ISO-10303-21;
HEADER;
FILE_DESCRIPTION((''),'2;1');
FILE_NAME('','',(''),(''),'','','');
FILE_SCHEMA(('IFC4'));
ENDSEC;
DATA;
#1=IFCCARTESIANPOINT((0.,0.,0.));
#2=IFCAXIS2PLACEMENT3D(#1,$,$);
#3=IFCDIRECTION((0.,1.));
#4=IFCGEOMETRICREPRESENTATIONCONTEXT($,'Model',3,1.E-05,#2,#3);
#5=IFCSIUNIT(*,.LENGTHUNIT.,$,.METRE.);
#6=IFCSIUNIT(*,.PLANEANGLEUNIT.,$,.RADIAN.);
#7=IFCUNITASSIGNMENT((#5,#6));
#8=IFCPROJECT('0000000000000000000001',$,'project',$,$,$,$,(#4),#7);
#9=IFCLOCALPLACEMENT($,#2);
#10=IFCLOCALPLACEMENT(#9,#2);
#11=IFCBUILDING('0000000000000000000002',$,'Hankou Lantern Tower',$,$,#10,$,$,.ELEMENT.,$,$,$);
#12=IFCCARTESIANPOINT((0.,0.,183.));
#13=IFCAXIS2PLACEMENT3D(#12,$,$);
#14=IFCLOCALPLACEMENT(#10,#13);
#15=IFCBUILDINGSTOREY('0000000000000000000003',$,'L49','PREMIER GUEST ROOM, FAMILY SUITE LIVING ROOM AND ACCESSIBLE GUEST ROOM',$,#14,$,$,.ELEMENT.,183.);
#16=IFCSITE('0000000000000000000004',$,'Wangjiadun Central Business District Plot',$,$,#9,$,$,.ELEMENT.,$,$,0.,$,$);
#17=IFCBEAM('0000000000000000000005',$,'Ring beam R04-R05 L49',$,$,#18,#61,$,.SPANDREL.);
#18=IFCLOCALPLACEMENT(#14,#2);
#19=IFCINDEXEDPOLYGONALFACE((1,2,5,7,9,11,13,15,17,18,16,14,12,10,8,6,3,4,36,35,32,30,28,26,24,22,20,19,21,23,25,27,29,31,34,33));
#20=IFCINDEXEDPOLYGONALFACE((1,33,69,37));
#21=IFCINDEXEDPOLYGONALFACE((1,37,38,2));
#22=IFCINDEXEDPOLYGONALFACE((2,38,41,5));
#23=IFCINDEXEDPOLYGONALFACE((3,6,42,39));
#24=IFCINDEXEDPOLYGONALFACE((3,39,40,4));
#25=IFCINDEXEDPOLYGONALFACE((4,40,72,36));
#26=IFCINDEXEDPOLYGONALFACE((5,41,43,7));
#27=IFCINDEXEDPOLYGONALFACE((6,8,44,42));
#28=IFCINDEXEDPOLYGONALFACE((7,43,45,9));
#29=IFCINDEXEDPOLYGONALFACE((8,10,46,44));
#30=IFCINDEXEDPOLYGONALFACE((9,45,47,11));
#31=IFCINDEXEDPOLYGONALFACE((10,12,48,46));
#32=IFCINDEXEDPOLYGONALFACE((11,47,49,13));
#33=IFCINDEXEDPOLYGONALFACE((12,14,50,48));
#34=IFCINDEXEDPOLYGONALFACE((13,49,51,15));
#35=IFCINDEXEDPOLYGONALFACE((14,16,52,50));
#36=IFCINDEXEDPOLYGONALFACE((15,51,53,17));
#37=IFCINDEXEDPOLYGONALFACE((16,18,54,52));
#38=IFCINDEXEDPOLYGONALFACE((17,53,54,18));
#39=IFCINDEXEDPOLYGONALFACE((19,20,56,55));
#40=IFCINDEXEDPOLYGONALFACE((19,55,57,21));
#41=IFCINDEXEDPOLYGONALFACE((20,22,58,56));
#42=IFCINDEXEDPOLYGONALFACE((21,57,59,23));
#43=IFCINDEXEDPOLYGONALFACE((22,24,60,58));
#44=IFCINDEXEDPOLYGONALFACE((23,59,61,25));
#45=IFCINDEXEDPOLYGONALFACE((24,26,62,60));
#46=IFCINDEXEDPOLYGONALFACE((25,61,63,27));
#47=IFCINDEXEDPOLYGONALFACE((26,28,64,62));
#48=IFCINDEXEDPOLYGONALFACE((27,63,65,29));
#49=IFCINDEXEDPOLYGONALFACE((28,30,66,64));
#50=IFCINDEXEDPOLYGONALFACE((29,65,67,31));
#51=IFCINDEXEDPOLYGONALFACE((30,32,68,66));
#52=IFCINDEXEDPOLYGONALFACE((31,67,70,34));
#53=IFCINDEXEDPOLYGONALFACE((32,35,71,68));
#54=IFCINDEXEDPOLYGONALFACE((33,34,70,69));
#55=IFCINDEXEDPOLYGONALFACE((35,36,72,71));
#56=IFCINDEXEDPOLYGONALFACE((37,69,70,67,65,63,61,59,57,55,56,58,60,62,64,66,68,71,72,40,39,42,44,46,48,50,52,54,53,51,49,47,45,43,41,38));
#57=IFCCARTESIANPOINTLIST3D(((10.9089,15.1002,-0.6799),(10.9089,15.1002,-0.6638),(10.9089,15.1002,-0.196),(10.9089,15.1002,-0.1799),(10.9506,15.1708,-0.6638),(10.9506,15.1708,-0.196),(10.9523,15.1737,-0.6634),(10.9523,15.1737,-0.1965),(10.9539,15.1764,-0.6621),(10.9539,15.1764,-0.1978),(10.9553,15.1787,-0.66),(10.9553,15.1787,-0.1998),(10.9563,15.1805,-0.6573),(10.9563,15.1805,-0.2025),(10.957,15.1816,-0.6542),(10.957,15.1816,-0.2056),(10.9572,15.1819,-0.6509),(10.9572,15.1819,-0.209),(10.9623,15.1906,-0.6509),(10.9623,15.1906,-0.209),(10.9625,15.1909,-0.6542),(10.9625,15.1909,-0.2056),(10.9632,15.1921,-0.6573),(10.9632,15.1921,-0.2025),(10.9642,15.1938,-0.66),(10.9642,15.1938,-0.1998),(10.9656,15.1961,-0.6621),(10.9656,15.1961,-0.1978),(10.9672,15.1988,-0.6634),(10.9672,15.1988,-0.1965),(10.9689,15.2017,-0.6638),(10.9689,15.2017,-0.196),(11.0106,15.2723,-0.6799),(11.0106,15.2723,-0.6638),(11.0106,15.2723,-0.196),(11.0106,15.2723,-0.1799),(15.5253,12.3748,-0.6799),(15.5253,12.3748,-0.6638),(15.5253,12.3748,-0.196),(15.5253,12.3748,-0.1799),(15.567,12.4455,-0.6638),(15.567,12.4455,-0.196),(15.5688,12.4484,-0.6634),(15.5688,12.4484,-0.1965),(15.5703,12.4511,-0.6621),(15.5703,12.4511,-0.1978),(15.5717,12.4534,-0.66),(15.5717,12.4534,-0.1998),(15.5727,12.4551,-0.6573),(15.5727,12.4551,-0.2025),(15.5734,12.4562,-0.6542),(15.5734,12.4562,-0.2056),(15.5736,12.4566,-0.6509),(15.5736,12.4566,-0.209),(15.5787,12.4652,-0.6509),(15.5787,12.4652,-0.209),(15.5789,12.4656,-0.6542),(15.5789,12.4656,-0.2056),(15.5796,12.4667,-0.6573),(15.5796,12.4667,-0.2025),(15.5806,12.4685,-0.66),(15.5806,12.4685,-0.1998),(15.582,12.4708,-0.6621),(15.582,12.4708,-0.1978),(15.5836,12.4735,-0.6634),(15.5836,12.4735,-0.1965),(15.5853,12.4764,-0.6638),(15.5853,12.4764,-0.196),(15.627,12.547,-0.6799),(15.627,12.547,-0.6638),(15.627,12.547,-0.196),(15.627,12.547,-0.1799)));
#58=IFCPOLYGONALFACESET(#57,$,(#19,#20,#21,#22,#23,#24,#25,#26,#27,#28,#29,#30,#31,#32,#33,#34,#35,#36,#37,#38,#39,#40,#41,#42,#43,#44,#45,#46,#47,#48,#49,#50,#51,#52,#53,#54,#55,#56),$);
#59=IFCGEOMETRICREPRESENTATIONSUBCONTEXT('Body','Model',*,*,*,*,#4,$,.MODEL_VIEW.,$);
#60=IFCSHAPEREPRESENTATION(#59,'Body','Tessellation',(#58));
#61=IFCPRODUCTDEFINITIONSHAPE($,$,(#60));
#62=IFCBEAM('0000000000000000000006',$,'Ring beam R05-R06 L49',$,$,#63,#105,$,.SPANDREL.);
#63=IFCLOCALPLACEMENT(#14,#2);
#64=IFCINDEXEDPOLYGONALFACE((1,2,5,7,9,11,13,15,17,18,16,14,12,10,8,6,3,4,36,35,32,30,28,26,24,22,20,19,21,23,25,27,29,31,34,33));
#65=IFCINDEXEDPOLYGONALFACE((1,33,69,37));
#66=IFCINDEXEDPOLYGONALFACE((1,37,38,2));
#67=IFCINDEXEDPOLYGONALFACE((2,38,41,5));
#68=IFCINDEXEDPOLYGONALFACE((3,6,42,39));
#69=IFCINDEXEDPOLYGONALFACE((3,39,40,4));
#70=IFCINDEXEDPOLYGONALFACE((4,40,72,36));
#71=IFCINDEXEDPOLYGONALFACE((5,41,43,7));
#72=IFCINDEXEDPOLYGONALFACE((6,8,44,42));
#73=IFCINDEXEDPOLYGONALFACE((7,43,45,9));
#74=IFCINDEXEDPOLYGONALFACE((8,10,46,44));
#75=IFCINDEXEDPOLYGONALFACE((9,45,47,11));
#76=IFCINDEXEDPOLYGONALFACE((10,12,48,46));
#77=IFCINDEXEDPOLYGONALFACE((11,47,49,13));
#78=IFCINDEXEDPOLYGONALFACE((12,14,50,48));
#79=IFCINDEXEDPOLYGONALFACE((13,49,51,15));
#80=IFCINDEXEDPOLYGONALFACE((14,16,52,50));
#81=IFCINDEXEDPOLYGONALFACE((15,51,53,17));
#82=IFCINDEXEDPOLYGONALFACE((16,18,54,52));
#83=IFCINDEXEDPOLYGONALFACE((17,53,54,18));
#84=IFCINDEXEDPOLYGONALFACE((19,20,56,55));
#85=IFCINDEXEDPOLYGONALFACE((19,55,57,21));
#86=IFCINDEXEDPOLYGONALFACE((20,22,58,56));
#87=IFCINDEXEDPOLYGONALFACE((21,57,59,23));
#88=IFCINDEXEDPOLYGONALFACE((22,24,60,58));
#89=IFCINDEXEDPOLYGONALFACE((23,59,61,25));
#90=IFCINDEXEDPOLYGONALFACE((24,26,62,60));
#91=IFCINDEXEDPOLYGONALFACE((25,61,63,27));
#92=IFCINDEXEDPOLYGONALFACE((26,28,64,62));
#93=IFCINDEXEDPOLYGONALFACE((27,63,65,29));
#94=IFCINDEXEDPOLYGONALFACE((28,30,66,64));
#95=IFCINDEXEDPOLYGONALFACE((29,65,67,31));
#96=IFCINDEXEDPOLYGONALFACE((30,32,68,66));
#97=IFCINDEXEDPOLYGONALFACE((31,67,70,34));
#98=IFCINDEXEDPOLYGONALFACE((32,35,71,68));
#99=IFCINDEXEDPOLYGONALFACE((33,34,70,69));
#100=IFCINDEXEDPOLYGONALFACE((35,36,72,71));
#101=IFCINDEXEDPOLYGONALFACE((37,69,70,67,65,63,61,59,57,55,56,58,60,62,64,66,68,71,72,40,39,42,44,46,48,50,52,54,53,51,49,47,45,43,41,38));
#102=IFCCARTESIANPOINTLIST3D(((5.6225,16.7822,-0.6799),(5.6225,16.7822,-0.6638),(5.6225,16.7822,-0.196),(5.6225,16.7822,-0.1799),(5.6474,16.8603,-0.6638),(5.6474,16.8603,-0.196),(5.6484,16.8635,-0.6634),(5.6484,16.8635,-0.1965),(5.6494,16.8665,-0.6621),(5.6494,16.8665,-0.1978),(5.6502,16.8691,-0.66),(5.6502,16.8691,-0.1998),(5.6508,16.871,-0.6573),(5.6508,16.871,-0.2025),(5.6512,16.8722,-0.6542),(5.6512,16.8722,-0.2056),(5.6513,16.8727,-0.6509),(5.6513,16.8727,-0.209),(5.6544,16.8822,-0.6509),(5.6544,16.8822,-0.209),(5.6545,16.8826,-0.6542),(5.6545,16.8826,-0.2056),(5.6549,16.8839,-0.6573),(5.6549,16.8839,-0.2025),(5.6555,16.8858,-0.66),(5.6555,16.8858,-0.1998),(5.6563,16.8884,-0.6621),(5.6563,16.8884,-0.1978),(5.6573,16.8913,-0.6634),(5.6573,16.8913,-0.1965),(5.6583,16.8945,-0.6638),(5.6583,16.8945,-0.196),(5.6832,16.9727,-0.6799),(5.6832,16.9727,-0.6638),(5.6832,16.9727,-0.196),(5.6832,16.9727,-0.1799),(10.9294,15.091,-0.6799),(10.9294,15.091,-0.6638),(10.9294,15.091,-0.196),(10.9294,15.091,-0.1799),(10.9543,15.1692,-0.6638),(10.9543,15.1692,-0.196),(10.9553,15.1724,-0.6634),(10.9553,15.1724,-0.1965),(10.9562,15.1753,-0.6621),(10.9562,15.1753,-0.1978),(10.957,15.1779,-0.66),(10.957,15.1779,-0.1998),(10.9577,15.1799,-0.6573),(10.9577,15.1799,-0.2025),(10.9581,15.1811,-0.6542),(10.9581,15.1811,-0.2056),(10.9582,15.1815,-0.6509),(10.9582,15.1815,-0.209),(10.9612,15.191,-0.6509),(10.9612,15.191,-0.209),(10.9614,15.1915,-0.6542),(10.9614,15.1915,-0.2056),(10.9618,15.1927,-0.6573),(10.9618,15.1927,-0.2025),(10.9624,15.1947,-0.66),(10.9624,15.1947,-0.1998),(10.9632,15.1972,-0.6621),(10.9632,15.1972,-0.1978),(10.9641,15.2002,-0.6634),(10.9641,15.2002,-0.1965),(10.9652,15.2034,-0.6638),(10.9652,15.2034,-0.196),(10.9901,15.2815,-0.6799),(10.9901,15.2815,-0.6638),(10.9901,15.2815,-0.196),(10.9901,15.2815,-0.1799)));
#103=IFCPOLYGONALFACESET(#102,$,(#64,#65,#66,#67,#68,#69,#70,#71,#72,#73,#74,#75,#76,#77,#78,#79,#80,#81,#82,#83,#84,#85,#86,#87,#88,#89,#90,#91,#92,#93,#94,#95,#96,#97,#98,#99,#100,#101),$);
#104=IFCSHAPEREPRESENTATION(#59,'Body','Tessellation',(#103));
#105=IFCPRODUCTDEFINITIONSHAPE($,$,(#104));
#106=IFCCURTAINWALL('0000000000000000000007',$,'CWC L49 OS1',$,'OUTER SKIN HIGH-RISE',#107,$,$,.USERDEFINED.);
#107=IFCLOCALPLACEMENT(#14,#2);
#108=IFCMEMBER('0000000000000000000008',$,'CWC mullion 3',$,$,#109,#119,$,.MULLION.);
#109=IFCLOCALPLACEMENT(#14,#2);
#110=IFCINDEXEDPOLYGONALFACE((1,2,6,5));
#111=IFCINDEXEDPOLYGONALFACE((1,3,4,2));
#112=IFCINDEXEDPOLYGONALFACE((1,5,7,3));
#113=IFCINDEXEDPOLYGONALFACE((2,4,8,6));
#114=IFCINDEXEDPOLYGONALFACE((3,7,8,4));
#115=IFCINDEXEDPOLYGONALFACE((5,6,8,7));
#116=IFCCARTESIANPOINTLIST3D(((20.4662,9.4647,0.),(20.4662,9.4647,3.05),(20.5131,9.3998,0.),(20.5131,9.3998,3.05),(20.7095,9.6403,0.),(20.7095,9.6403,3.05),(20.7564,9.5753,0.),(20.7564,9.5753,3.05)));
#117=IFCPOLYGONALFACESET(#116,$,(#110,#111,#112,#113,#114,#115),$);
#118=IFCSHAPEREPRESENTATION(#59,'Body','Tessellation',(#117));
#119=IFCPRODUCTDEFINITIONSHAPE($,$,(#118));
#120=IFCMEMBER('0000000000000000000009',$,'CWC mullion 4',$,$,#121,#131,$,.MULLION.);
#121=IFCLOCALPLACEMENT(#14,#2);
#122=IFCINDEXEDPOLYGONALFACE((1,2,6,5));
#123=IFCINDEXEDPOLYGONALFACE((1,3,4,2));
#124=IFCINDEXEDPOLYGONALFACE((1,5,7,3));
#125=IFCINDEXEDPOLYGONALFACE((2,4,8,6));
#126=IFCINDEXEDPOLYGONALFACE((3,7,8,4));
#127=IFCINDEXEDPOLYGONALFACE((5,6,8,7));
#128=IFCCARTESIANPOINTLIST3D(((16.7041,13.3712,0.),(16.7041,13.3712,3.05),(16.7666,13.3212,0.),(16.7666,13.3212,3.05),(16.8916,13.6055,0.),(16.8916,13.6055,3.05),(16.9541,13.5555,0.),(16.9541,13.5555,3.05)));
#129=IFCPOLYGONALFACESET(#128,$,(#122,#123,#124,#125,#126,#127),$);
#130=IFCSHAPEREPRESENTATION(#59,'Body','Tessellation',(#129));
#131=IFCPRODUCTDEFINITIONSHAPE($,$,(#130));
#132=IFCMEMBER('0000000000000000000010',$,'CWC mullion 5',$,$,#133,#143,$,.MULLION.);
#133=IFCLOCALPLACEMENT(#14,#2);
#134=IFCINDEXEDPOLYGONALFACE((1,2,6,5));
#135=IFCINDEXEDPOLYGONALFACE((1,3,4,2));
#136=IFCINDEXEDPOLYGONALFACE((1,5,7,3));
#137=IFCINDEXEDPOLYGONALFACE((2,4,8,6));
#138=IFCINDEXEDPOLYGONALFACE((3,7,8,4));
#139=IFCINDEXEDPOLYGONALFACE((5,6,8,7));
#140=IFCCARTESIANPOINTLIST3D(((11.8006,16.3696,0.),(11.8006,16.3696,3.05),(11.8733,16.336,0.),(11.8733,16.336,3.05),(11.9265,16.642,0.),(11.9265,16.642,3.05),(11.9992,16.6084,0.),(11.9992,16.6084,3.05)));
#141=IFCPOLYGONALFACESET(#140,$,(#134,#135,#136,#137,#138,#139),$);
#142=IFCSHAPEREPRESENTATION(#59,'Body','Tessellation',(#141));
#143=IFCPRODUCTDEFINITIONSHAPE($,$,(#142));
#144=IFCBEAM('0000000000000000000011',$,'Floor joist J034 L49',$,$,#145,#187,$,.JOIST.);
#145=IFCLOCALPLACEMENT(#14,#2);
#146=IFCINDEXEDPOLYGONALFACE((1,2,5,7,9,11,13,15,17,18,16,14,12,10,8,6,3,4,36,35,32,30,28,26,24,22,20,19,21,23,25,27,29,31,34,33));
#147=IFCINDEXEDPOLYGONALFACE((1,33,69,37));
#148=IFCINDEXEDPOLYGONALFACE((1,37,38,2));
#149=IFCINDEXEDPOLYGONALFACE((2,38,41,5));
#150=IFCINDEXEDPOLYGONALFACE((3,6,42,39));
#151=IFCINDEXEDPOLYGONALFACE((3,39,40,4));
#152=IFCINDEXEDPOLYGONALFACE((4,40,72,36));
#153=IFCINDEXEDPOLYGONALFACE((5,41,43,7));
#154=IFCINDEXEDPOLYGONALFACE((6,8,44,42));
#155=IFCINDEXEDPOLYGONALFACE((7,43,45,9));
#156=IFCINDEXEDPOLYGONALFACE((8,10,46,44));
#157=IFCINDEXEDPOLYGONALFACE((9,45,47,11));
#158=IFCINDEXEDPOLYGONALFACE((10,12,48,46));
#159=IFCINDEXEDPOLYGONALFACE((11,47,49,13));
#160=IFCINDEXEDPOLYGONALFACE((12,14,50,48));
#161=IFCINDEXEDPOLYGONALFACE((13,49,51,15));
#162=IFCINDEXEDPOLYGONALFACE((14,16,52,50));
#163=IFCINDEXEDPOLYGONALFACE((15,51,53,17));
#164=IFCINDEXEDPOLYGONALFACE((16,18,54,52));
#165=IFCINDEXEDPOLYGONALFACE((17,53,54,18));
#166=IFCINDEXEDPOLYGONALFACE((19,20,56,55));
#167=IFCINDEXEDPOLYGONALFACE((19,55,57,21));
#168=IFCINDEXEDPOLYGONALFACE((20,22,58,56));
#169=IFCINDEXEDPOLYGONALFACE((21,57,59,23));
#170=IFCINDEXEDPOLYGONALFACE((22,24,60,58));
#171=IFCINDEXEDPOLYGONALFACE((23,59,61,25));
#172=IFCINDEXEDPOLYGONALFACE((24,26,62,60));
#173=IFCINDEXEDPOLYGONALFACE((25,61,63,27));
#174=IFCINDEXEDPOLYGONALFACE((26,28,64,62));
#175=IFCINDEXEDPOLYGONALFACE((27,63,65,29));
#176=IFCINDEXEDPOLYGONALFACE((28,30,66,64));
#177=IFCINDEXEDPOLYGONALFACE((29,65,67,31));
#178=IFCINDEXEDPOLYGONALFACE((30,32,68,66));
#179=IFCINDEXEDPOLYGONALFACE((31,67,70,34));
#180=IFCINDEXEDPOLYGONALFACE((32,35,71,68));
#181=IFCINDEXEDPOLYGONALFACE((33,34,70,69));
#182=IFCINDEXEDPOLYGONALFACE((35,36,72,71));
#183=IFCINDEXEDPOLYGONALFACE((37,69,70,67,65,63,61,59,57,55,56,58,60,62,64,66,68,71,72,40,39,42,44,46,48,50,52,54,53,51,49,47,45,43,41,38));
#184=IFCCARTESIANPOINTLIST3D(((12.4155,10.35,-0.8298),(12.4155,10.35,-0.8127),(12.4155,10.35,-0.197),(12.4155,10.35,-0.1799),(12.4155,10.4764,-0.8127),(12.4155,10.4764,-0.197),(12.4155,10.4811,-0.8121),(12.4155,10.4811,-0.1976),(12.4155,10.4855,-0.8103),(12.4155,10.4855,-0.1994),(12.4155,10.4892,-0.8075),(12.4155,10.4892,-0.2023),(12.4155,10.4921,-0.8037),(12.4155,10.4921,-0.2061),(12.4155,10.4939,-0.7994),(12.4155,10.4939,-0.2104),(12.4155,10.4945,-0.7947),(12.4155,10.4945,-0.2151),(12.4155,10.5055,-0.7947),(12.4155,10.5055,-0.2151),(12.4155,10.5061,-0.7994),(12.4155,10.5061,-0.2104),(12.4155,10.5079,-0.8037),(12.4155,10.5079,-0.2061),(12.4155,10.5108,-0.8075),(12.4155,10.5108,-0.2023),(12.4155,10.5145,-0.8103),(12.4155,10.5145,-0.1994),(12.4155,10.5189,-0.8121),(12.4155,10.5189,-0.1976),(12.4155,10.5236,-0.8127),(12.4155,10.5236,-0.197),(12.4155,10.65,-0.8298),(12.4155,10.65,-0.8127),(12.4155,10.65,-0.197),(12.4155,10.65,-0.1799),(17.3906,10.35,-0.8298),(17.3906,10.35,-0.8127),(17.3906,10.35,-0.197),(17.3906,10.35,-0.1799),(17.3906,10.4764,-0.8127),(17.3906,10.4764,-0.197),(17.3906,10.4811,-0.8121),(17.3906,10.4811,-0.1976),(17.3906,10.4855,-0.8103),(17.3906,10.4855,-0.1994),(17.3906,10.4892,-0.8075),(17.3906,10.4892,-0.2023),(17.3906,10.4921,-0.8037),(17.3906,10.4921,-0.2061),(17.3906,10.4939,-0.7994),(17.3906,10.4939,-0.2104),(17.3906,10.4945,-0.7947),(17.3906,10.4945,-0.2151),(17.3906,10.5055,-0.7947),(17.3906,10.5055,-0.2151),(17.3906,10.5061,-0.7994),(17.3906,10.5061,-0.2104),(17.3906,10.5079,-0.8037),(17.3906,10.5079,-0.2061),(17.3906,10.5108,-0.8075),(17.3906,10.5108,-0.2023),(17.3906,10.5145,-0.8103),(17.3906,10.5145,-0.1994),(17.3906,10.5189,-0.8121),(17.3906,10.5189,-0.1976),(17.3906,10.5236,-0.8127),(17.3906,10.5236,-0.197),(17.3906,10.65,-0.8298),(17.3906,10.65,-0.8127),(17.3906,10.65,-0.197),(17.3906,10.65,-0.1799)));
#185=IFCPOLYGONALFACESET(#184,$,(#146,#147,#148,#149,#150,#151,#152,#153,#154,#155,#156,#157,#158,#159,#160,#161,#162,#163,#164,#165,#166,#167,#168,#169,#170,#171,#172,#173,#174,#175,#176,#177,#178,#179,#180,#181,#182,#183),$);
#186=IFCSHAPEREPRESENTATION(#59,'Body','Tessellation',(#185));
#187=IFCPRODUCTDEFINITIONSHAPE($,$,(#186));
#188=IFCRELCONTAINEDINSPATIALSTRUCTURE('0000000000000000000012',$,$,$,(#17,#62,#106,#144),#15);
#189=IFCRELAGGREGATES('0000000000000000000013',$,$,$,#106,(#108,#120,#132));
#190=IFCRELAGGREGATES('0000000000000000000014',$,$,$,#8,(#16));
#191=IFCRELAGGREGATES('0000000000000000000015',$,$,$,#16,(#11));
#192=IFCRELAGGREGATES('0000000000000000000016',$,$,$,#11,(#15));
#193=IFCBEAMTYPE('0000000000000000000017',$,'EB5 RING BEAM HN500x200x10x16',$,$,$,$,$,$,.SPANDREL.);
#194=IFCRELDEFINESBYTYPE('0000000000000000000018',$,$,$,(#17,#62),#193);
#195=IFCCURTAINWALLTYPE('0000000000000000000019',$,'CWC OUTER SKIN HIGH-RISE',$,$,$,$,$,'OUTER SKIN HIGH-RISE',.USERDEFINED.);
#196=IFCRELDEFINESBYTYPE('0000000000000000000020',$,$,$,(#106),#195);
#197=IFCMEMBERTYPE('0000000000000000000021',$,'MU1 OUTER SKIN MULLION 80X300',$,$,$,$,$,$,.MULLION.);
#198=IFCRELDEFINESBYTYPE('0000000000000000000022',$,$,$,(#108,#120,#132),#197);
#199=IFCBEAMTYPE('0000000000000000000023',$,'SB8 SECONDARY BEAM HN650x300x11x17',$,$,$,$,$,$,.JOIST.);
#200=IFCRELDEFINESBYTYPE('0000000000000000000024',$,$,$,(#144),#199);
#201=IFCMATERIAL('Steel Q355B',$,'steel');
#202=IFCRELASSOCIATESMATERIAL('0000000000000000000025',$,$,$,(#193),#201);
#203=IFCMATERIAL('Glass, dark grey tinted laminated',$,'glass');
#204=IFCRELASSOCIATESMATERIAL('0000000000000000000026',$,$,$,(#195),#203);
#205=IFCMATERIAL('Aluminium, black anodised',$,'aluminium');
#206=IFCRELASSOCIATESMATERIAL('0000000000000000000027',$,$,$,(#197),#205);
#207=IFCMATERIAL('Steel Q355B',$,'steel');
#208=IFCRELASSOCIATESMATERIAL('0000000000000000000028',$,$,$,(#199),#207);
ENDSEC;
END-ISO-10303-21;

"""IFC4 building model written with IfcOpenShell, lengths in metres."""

from ifc_helpers import new_model, si_unit, direction, frame, origin, origin_2d, place, context, subcontext, project, spatial, rectangle, i_section, extrude, material, material_profile, profile_set, type_object, element, aggregate, save


model = new_model("IFC4")

# Units and contexts
model_context = context("Model", 3, precision=1e-05, world=origin(), true_north=direction((0.0, 1.0)))
body_context = subcontext(model_context, "Body", "Model", "MODEL_VIEW")
ifc_project = project(units=[si_unit("LENGTHUNIT", "METRE"), si_unit("PLANEANGLEUNIT", "RADIAN")], contexts=[model_context])

# Site, building, storey
site_placement = place(None, origin())
site = spatial("IfcSite", under=ifc_project, at=site_placement, Name="Wangjiadun Central Business District Plot", CompositionType="ELEMENT", RefElevation=0.0)
building_placement = place(site_placement, origin())
building = spatial("IfcBuilding", under=site, at=building_placement, Name="Hankou Lantern Tower", CompositionType="ELEMENT")
storey_placement = place(building_placement, frame((0.0, 0.0, 183.0)))
storey = spatial("IfcBuildingStorey", under=building, at=storey_placement, Name="L49", Description="PREMIER GUEST ROOM, FAMILY SUITE LIVING ROOM AND ACCESSIBLE GUEST ROOM", CompositionType="ELEMENT", Elevation=183.0)

# Beams
ifc_material_1 = material(Name="Steel Q355B", Category="steel")
ifc_material_profile_1 = material_profile(ifc_material_1, i_section(OverallWidth=0.2, OverallDepth=0.5, WebThickness=0.01, FlangeThickness=0.0161, FilletRadius=0.0129, at=origin_2d()), Name="HN500x200x10x16")
ifc_profile_set_1 = profile_set([ifc_material_profile_1], Name="Steel Q355B")
beam_type_1 = type_object("IfcBeamType", Name="EB5 RING BEAM HN500x200x10x16", PredefinedType="SPANDREL", material=ifc_profile_set_1)
beam_1_placement = place(storey_placement, frame((15.5762, 12.4609, -0.4299), z_axis=(-0.861136, 0.508375, 0.0), x_axis=(-0.508375, -0.861136, 0.0)))
element("IfcBeam", 1, at=beam_1_placement, inside=storey, type_object=beam_type_1, Name="Ring beam R04-R05 L49", PredefinedType="SPANDREL", context=body_context, shape_type="SweptSolid", body=[
    extrude(i_section(OverallWidth=0.2, OverallDepth=0.5, WebThickness=0.01, FlangeThickness=0.0161, FilletRadius=0.0129, at=origin_2d()), origin(), (0.0, 0.0, 1.0), 5.3608),
])
beam_2_placement = place(storey_placement, frame((10.9597, 15.1863, -0.4299), z_axis=(-0.95279, 0.303629, 0.0), x_axis=(-0.303629, -0.95279, 0.0)))
element("IfcBeam", 2, at=beam_2_placement, inside=storey, type_object=beam_type_1, Name="Ring beam R05-R06 L49", PredefinedType="SPANDREL", context=body_context, shape_type="SweptSolid", body=[
    extrude(i_section(OverallWidth=0.2, OverallDepth=0.5, WebThickness=0.01, FlangeThickness=0.0161, FilletRadius=0.0129, at=origin_2d()), origin(), (0.0, 0.0, 1.0), 5.5698),
])

# Curtain wall, members
ifc_material_2 = material(Name="Glass, dark grey tinted laminated", Category="glass")
curtain_wall_type = type_object("IfcCurtainWallType", Name="CWC OUTER SKIN HIGH-RISE", ElementType="OUTER SKIN HIGH-RISE", PredefinedType="USERDEFINED", material=ifc_material_2)
curtain_wall_placement = place(storey_placement, origin())
curtain_wall = element("IfcCurtainWall", 3, at=curtain_wall_placement, inside=storey, type_object=curtain_wall_type, Name="CWC L49 OS1", ObjectType="OUTER SKIN HIGH-RISE", PredefinedType="USERDEFINED")
ifc_material_3 = material(Name="Aluminium, black anodised", Category="aluminium")
ifc_material_profile_2 = material_profile(ifc_material_3, rectangle(XDim=0.0801, YDim=0.3, at=origin_2d()), Name="MU1 80X300")
ifc_profile_set_2 = profile_set([ifc_material_profile_2], Name="Aluminium, black anodised")
member_type_1 = type_object("IfcMemberType", Name="MU1 OUTER SKIN MULLION 80X300", PredefinedType="MULLION", material=ifc_profile_set_2)
member_1_placement = place(storey_placement, frame((20.6113, 9.52, 0.0), z_axis=(0.0, 0.0, 1.0), x_axis=(-0.585206, 0.810885, 0.0)))
member_1 = element("IfcMember", 4, at=member_1_placement, type_object=member_type_1, Name="CWC mullion 3", PredefinedType="MULLION", context=body_context, shape_type="SweptSolid", body=[
    extrude(rectangle(XDim=0.0801, YDim=0.3, at=origin_2d()), origin(), (0.0, 0.0, 1.0), 3.05),
])
member_2_placement = place(storey_placement, frame((16.8291, 13.4634, 0.0), z_axis=(0.0, 0.0, 1.0), x_axis=(-0.780869, 0.624695, 0.0)))
member_2 = element("IfcMember", 5, at=member_2_placement, type_object=member_type_1, Name="CWC mullion 4", PredefinedType="MULLION", context=body_context, shape_type="SweptSolid", body=[
    extrude(rectangle(XDim=0.0801, YDim=0.3, at=origin_2d()), origin(), (0.0, 0.0, 1.0), 3.05),
])
member_3_placement = place(storey_placement, frame((11.8999, 16.489, 0.0), z_axis=(0.0, 0.0, 1.0), x_axis=(-0.907841, 0.419314, 0.0)))
member_3 = element("IfcMember", 6, at=member_3_placement, type_object=member_type_1, Name="CWC mullion 5", PredefinedType="MULLION", context=body_context, shape_type="SweptSolid", body=[
    extrude(rectangle(XDim=0.0801, YDim=0.3, at=origin_2d()), origin(), (0.0, 0.0, 1.0), 3.05),
])

# Beam
ifc_material_4 = material(Name="Steel Q355B", Category="steel")
ifc_material_profile_3 = material_profile(ifc_material_4, i_section(OverallWidth=0.3, OverallDepth=0.6499, WebThickness=0.011, FlangeThickness=0.0171, FilletRadius=0.0181, at=origin_2d()), Name="HN650x300x11x17")
ifc_profile_set_3 = profile_set([ifc_material_profile_3], Name="Steel Q355B")
beam_type_2 = type_object("IfcBeamType", Name="SB8 SECONDARY BEAM HN650x300x11x17", PredefinedType="JOIST", material=ifc_profile_set_3)
beam_3_placement = place(storey_placement, frame((12.4155, 10.5, -0.5049), z_axis=(1.0, 0.0, 0.0), x_axis=(0.0, 1.0, 0.0)))
element("IfcBeam", 7, at=beam_3_placement, inside=storey, type_object=beam_type_2, Name="Floor joist J034 L49", PredefinedType="JOIST", context=body_context, shape_type="SweptSolid", body=[
    extrude(i_section(OverallWidth=0.3, OverallDepth=0.6499, WebThickness=0.011, FlangeThickness=0.0171, FilletRadius=0.0181, at=origin_2d()), origin(), (0.0, 0.0, 1.0), 4.9751),
])

aggregate(curtain_wall, [member_1, member_2, member_3])

save(model, "model.ifc")
